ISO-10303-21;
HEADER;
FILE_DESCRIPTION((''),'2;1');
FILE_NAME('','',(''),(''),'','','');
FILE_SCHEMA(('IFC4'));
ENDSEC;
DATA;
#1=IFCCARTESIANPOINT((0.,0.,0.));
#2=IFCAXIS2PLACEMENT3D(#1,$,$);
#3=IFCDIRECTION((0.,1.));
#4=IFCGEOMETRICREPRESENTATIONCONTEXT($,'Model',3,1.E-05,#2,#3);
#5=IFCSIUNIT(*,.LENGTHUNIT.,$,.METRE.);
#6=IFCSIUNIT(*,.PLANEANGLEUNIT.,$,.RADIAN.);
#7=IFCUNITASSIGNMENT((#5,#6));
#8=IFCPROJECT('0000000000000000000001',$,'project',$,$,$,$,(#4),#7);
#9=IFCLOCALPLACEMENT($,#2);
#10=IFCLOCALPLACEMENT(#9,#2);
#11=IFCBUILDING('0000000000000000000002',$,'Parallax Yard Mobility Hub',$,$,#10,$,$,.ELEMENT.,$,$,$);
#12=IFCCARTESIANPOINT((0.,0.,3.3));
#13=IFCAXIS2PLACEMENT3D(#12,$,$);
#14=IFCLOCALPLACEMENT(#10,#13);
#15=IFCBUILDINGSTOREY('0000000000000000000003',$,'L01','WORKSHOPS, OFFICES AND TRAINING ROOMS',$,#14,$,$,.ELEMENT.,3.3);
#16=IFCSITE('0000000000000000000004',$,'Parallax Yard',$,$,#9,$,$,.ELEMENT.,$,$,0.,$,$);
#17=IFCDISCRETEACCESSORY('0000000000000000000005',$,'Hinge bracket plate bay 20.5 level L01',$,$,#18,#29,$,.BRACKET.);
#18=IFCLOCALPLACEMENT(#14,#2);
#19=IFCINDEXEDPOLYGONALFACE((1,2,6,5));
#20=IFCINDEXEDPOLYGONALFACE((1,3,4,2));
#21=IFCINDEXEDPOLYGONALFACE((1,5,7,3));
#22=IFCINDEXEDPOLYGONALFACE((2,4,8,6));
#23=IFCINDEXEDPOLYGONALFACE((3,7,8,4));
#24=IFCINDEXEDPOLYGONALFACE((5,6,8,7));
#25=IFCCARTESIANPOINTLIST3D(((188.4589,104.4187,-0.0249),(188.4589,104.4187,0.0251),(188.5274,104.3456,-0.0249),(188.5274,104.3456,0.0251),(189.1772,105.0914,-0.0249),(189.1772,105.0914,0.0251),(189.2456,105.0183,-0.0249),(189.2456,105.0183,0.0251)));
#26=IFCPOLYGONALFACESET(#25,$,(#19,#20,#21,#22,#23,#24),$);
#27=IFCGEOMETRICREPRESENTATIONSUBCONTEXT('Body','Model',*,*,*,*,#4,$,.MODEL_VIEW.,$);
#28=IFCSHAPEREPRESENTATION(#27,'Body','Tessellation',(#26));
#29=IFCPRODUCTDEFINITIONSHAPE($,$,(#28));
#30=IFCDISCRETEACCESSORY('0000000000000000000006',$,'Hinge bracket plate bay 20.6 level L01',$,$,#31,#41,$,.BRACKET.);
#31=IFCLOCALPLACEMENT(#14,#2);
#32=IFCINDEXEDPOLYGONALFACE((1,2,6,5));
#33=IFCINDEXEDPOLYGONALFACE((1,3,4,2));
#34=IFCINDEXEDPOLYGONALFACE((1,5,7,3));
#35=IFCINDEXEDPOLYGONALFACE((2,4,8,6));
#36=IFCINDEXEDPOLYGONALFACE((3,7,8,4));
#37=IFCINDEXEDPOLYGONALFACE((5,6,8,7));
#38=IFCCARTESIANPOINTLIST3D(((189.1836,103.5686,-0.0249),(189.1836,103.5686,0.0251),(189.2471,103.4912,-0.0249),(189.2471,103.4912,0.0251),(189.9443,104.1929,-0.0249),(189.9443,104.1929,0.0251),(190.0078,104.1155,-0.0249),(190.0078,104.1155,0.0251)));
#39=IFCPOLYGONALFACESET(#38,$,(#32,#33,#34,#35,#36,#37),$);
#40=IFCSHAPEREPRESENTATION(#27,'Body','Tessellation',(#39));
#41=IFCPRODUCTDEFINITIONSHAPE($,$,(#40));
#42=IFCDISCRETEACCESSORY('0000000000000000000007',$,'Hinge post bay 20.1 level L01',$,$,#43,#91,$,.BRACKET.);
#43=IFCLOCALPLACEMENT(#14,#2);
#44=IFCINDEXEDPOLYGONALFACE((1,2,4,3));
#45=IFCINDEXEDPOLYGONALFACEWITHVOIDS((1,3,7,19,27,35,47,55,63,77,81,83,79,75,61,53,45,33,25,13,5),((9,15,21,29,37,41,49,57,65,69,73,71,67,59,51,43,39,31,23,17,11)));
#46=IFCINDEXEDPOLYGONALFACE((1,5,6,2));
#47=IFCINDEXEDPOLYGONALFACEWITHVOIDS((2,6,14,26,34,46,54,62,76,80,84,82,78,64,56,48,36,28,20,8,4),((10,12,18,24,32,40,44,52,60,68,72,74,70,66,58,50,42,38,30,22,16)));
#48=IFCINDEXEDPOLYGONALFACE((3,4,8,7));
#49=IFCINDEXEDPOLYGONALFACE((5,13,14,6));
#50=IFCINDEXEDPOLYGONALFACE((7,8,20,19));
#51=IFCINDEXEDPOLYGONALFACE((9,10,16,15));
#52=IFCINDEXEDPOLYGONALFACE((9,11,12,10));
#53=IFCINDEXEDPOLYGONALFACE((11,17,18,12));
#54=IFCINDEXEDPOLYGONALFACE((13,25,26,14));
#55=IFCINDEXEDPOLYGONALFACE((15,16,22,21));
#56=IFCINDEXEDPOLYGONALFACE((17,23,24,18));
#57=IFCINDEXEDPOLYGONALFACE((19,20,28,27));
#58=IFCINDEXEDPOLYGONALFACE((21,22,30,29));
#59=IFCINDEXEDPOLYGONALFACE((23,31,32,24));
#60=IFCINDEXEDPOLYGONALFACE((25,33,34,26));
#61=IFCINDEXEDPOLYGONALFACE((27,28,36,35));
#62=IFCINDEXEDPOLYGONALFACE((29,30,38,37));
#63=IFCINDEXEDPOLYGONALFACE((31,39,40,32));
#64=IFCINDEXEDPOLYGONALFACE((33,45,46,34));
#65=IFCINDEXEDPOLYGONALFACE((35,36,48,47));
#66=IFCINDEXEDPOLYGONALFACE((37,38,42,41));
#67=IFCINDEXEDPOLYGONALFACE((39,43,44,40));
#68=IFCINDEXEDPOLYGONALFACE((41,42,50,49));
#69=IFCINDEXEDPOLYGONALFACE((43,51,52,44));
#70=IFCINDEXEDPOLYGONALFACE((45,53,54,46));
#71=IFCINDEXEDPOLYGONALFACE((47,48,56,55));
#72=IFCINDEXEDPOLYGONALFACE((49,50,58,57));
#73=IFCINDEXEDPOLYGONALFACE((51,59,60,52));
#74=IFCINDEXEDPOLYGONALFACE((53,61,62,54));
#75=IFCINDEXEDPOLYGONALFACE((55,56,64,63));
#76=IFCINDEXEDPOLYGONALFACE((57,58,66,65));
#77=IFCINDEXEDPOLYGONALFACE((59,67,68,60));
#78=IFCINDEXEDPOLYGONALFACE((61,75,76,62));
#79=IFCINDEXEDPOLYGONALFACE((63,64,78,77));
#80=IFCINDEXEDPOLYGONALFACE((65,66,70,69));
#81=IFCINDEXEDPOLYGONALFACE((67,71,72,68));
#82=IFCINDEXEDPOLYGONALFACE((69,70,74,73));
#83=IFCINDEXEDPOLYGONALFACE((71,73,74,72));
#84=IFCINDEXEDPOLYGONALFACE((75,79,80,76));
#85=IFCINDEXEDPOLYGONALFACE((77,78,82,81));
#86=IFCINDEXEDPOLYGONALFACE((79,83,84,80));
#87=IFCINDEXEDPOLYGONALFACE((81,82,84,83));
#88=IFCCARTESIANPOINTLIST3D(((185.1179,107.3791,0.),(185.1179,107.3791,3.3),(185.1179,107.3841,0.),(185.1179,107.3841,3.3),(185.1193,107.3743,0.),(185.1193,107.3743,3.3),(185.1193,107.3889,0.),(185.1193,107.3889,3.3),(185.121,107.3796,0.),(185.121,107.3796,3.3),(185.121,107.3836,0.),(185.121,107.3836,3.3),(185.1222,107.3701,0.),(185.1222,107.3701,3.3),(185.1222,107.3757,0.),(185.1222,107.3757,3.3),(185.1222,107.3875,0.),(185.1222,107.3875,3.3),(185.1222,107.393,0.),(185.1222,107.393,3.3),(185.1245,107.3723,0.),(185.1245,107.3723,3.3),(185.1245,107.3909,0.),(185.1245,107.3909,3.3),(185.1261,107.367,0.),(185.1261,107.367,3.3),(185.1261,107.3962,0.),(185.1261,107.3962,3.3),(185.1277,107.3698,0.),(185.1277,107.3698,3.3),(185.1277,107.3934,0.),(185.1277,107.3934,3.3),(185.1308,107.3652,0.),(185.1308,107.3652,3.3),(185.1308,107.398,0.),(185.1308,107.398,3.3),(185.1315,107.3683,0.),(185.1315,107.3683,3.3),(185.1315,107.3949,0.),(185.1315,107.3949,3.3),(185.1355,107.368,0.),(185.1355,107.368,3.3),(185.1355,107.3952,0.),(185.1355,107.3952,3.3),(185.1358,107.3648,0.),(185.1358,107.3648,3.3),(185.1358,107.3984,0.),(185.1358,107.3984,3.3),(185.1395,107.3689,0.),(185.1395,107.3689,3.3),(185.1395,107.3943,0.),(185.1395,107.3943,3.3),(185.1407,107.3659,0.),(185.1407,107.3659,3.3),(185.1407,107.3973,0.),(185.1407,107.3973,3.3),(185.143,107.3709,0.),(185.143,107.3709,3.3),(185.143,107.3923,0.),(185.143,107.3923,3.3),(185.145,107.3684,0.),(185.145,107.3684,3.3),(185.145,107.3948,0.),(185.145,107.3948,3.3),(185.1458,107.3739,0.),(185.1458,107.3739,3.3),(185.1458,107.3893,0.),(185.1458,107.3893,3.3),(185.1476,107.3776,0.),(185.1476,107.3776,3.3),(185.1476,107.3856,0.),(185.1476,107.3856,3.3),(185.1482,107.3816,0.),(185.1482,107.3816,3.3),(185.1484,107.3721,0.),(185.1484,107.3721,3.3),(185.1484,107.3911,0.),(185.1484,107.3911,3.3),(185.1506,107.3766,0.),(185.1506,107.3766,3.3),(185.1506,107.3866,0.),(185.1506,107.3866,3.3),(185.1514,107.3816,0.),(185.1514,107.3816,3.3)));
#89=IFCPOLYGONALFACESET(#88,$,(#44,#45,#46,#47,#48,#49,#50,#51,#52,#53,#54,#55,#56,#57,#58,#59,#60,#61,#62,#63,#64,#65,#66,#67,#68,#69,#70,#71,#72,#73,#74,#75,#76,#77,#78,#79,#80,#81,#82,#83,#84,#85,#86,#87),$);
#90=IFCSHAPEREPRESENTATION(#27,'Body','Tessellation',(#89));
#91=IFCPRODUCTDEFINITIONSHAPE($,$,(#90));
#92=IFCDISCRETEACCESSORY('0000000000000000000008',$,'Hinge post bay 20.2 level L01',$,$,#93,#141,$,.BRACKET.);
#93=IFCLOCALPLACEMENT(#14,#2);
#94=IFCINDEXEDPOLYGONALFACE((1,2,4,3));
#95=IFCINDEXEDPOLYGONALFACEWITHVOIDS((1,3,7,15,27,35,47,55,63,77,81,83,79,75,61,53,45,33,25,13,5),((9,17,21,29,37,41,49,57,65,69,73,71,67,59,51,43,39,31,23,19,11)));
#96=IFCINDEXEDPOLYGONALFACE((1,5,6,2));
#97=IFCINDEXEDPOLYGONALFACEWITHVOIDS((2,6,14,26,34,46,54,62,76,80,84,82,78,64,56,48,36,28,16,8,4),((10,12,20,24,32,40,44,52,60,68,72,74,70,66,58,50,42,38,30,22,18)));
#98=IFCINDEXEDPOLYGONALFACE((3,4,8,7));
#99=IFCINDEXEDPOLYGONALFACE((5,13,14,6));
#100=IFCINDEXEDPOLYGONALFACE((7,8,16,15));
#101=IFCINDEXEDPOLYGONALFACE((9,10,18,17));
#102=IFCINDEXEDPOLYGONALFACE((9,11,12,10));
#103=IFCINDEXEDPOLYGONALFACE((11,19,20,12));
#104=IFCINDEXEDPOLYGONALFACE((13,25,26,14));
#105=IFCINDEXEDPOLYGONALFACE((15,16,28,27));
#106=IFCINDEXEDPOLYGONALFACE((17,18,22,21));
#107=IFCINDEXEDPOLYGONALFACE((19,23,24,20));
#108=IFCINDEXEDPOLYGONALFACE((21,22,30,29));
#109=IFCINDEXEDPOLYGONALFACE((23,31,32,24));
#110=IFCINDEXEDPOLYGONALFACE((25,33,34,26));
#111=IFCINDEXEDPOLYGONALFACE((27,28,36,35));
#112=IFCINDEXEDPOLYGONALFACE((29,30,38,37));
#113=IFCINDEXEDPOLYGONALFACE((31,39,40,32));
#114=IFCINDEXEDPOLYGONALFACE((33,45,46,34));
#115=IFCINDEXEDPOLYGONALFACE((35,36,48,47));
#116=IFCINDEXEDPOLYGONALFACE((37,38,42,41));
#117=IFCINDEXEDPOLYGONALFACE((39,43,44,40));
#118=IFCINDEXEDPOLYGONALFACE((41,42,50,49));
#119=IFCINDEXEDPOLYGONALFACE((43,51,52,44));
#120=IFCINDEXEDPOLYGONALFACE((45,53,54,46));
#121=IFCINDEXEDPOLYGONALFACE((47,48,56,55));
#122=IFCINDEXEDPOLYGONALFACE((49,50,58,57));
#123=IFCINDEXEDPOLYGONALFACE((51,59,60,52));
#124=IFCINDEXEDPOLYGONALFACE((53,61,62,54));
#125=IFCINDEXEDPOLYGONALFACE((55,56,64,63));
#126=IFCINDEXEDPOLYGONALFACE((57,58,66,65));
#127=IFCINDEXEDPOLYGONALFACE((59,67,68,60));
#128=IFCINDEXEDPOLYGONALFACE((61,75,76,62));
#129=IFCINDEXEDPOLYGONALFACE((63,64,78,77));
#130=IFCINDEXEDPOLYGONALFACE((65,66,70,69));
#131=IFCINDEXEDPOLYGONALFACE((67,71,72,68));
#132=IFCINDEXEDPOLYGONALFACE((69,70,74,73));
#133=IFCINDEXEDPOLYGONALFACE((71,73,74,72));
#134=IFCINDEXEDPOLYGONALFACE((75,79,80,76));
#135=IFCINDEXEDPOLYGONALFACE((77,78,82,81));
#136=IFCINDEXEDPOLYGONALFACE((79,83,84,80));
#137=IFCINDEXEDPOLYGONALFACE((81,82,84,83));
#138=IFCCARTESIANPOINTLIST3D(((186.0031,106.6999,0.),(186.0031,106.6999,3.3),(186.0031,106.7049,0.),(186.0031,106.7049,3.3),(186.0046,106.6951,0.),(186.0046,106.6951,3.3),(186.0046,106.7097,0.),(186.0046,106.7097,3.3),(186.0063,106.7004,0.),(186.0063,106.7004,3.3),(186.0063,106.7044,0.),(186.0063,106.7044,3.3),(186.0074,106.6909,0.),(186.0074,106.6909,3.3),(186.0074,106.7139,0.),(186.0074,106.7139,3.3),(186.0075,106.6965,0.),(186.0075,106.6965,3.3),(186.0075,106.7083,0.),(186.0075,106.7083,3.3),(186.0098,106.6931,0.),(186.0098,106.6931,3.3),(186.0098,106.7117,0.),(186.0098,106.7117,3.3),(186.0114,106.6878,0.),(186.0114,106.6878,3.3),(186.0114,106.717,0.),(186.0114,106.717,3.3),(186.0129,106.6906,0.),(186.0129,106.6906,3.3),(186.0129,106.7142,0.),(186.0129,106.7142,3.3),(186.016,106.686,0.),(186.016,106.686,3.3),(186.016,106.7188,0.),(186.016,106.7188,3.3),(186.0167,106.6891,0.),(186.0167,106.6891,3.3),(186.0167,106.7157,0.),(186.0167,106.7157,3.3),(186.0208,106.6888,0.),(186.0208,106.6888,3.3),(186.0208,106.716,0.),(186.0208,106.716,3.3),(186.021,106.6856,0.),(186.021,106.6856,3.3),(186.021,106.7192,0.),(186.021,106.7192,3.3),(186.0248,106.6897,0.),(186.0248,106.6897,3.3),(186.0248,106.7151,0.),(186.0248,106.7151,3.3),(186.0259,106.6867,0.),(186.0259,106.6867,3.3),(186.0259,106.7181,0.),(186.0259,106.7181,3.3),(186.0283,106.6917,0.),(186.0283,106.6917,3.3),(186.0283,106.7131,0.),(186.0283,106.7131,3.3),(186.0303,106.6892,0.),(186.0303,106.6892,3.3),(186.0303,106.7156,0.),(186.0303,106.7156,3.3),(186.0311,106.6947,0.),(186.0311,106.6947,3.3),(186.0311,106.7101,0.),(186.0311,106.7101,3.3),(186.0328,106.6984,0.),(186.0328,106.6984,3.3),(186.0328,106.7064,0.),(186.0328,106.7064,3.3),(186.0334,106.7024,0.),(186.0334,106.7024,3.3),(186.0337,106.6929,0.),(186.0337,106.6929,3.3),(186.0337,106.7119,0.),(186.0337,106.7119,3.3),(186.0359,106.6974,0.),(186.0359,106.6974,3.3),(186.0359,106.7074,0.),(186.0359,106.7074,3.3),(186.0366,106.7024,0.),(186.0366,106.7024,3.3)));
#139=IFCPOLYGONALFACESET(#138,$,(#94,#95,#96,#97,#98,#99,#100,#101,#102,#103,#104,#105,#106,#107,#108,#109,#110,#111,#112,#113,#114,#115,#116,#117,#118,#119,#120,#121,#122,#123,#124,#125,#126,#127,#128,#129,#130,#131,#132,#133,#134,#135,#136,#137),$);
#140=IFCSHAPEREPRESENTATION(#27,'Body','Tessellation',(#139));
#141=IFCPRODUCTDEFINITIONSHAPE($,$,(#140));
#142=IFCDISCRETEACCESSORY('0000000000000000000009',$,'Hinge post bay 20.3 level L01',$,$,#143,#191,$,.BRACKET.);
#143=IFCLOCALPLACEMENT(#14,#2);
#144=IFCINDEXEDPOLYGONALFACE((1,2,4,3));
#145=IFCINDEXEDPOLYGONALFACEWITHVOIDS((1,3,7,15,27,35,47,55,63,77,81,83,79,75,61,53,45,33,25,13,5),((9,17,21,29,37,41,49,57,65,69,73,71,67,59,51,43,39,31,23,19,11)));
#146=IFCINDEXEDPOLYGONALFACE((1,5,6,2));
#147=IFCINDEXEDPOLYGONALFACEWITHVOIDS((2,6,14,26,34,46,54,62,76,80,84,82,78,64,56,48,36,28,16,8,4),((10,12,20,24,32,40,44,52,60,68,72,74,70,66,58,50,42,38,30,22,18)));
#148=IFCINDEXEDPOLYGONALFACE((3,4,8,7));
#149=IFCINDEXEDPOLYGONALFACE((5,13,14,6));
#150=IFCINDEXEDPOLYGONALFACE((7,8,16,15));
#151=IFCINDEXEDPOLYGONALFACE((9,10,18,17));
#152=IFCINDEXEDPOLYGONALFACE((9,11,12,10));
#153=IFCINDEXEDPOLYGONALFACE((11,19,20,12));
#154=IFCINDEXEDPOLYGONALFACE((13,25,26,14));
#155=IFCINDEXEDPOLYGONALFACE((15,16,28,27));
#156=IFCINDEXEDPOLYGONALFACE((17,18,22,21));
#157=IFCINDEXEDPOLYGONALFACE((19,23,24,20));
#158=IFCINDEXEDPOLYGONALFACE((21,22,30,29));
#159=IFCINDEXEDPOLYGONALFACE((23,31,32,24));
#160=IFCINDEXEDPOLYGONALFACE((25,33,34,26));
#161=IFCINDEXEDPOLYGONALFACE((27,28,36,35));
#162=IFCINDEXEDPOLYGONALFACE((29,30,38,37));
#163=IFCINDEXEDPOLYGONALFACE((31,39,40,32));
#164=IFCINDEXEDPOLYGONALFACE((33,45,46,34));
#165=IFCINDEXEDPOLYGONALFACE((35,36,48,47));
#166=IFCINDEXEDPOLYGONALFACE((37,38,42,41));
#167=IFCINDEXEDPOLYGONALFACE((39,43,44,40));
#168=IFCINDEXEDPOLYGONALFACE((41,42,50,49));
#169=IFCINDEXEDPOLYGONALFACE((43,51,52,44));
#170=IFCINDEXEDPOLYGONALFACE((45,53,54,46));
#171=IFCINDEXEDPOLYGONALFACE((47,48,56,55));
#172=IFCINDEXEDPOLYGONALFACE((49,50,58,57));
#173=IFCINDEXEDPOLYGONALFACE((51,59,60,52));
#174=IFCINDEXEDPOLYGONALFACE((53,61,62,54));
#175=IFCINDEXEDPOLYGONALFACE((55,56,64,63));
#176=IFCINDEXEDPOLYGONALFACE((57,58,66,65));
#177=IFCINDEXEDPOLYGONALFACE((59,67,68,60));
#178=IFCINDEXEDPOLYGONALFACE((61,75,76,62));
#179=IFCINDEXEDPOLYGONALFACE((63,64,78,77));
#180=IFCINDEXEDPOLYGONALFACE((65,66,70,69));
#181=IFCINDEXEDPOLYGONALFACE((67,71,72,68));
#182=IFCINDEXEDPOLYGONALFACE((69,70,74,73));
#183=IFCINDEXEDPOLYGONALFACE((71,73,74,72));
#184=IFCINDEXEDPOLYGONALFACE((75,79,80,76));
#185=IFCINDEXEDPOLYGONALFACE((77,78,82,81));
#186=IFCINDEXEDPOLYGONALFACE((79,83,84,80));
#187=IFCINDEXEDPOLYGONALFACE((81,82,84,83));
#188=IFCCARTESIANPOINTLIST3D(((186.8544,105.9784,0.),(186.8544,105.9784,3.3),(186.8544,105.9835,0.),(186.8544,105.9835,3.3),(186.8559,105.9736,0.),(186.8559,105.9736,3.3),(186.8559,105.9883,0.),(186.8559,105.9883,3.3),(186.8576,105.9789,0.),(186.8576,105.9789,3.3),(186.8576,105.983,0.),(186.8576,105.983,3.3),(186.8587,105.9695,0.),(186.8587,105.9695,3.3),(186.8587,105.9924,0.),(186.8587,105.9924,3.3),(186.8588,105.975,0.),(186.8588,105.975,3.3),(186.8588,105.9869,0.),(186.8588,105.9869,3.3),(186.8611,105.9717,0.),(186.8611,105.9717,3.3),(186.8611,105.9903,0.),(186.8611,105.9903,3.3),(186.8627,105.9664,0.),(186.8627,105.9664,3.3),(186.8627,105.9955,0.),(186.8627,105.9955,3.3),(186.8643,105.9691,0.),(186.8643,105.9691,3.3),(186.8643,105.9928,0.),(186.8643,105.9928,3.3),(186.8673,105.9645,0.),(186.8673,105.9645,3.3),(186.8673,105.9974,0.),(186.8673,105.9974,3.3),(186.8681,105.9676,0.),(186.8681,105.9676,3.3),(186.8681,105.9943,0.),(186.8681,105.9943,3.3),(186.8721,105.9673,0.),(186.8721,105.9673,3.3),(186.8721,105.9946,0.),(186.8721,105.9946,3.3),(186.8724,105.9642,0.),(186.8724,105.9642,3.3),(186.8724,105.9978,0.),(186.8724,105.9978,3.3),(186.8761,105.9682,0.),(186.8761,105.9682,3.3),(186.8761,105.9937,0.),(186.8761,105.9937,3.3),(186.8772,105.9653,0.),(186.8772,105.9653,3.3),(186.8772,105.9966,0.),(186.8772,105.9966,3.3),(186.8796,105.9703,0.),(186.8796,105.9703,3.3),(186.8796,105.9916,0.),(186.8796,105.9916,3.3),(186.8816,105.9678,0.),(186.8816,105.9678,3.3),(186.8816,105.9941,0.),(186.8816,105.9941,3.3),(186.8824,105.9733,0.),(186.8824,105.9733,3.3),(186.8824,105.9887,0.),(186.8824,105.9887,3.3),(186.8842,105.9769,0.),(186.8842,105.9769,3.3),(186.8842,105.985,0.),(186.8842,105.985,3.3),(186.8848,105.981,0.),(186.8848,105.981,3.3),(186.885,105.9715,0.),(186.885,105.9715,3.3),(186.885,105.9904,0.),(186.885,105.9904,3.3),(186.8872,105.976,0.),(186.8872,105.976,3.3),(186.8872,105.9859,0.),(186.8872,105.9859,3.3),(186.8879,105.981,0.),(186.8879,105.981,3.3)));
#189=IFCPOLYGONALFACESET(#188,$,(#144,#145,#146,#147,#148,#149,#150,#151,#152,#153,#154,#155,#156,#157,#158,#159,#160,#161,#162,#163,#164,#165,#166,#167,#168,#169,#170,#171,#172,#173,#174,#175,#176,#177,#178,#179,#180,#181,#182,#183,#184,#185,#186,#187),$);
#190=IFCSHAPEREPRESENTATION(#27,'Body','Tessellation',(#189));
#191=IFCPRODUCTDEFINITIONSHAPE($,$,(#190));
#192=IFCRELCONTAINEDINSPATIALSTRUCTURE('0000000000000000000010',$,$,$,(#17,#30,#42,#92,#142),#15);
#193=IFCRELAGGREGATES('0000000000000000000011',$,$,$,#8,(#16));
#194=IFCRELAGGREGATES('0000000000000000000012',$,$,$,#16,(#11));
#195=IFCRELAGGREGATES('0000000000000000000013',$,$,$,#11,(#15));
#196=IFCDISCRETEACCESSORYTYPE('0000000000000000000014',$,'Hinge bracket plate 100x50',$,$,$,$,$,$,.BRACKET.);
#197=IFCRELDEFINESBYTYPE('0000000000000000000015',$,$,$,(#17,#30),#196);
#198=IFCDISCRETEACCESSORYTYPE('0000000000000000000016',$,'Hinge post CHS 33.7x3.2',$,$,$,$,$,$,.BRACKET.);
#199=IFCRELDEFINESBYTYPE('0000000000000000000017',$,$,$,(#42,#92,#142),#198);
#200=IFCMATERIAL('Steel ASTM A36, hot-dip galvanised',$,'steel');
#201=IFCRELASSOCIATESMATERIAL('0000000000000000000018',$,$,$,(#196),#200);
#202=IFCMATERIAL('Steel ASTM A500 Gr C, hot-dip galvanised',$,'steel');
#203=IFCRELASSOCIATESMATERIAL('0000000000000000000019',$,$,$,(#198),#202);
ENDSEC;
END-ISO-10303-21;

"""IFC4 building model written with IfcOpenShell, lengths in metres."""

from ifc_helpers import new_model, si_unit, direction, frame, origin, origin_2d, place, context, subcontext, project, spatial, rectangle, hollow_circle, extrude, material, material_profile, profile_set, type_object, element, save


model = new_model("IFC4")

# Units and contexts
model_context = context("Model", 3, precision=1e-05, world=origin(), true_north=direction((0.0, 1.0)))
body_context = subcontext(model_context, "Body", "Model", "MODEL_VIEW")
ifc_project = project(units=[si_unit("LENGTHUNIT", "METRE"), si_unit("PLANEANGLEUNIT", "RADIAN")], contexts=[model_context])

# Site, building, storey
site_placement = place(None, origin())
site = spatial("IfcSite", under=ifc_project, at=site_placement, Name="Parallax Yard", CompositionType="ELEMENT", RefElevation=0.0)
building_placement = place(site_placement, origin())
building = spatial("IfcBuilding", under=site, at=building_placement, Name="Parallax Yard Mobility Hub", CompositionType="ELEMENT")
storey_placement = place(building_placement, frame((0.0, 0.0, 3.3)))
storey = spatial("IfcBuildingStorey", under=building, at=storey_placement, Name="L01", Description="WORKSHOPS, OFFICES AND TRAINING ROOMS", CompositionType="ELEMENT", Elevation=3.3)

# Discrete accessories
ifc_material_1 = material(Name="Steel ASTM A36, hot-dip galvanised", Category="steel")
discrete_accessory_type_1 = type_object("IfcDiscreteAccessoryType", Name="Hinge bracket plate 100x50", PredefinedType="BRACKET", material=ifc_material_1)
for number, where, z_axis, x_axis, name in (
    (1, (188.8523, 104.7185, -0.0249), (0.0, 0.0, 1.0), (-0.729864, -0.683592, 0.0), "Hinge bracket plate bay 20.5 level L01"),
    (2, (189.5957, 103.842, -0.0249), (0.0, 0.0, 1.0), (-0.77301, -0.634393, 0.0), "Hinge bracket plate bay 20.6 level L01"),
):
    element("IfcDiscreteAccessory", number, at=place(storey_placement, frame(where, z_axis=z_axis, x_axis=x_axis)), inside=storey, type_object=discrete_accessory_type_1, Name=name, PredefinedType="BRACKET", context=body_context, shape_type="SweptSolid", body=[
        extrude(rectangle(XDim=0.9841, YDim=0.1001, at=origin_2d()), origin(), (0.0, 0.0, 1.0), 0.05),
    ])
ifc_material_2 = material(Name="Steel ASTM A500 Gr C, hot-dip galvanised", Category="steel")
ifc_material_profile_1 = material_profile(ifc_material_2, hollow_circle(Radius=0.0168, WallThickness=0.0032, at=origin_2d()), Name="CHS 33.7x3.2")
ifc_profile_set_1 = profile_set([ifc_material_profile_1], Name="Steel ASTM A500 Gr C, hot-dip galvanised")
discrete_accessory_type_2 = type_object("IfcDiscreteAccessoryType", Name="Hinge post CHS 33.7x3.2", PredefinedType="BRACKET", material=ifc_profile_set_1)
for number, where, z_axis, x_axis, name in (
    (3, (185.1345, 107.3816, 0.0), (0.0, 0.0, 1.0), (1.0, 0.0, 0.0), "Hinge post bay 20.1 level L01"),
    (4, (186.0198, 106.7024, 0.0), (0.0, 0.0, 1.0), (1.0, 0.0, 0.0), "Hinge post bay 20.2 level L01"),
    (5, (186.8711, 105.981, 0.0), (0.0, 0.0, 1.0), (1.0, 0.0, 0.0), "Hinge post bay 20.3 level L01"),
):
    element("IfcDiscreteAccessory", number, at=place(storey_placement, frame(where, z_axis=z_axis, x_axis=x_axis)), inside=storey, type_object=discrete_accessory_type_2, Name=name, PredefinedType="BRACKET", context=body_context, shape_type="SweptSolid", body=[
        extrude(hollow_circle(Radius=0.0168, WallThickness=0.0032, at=origin_2d()), origin(), (0.0, 0.0, 1.0), 3.3),
    ])

save(model, "model.ifc")
